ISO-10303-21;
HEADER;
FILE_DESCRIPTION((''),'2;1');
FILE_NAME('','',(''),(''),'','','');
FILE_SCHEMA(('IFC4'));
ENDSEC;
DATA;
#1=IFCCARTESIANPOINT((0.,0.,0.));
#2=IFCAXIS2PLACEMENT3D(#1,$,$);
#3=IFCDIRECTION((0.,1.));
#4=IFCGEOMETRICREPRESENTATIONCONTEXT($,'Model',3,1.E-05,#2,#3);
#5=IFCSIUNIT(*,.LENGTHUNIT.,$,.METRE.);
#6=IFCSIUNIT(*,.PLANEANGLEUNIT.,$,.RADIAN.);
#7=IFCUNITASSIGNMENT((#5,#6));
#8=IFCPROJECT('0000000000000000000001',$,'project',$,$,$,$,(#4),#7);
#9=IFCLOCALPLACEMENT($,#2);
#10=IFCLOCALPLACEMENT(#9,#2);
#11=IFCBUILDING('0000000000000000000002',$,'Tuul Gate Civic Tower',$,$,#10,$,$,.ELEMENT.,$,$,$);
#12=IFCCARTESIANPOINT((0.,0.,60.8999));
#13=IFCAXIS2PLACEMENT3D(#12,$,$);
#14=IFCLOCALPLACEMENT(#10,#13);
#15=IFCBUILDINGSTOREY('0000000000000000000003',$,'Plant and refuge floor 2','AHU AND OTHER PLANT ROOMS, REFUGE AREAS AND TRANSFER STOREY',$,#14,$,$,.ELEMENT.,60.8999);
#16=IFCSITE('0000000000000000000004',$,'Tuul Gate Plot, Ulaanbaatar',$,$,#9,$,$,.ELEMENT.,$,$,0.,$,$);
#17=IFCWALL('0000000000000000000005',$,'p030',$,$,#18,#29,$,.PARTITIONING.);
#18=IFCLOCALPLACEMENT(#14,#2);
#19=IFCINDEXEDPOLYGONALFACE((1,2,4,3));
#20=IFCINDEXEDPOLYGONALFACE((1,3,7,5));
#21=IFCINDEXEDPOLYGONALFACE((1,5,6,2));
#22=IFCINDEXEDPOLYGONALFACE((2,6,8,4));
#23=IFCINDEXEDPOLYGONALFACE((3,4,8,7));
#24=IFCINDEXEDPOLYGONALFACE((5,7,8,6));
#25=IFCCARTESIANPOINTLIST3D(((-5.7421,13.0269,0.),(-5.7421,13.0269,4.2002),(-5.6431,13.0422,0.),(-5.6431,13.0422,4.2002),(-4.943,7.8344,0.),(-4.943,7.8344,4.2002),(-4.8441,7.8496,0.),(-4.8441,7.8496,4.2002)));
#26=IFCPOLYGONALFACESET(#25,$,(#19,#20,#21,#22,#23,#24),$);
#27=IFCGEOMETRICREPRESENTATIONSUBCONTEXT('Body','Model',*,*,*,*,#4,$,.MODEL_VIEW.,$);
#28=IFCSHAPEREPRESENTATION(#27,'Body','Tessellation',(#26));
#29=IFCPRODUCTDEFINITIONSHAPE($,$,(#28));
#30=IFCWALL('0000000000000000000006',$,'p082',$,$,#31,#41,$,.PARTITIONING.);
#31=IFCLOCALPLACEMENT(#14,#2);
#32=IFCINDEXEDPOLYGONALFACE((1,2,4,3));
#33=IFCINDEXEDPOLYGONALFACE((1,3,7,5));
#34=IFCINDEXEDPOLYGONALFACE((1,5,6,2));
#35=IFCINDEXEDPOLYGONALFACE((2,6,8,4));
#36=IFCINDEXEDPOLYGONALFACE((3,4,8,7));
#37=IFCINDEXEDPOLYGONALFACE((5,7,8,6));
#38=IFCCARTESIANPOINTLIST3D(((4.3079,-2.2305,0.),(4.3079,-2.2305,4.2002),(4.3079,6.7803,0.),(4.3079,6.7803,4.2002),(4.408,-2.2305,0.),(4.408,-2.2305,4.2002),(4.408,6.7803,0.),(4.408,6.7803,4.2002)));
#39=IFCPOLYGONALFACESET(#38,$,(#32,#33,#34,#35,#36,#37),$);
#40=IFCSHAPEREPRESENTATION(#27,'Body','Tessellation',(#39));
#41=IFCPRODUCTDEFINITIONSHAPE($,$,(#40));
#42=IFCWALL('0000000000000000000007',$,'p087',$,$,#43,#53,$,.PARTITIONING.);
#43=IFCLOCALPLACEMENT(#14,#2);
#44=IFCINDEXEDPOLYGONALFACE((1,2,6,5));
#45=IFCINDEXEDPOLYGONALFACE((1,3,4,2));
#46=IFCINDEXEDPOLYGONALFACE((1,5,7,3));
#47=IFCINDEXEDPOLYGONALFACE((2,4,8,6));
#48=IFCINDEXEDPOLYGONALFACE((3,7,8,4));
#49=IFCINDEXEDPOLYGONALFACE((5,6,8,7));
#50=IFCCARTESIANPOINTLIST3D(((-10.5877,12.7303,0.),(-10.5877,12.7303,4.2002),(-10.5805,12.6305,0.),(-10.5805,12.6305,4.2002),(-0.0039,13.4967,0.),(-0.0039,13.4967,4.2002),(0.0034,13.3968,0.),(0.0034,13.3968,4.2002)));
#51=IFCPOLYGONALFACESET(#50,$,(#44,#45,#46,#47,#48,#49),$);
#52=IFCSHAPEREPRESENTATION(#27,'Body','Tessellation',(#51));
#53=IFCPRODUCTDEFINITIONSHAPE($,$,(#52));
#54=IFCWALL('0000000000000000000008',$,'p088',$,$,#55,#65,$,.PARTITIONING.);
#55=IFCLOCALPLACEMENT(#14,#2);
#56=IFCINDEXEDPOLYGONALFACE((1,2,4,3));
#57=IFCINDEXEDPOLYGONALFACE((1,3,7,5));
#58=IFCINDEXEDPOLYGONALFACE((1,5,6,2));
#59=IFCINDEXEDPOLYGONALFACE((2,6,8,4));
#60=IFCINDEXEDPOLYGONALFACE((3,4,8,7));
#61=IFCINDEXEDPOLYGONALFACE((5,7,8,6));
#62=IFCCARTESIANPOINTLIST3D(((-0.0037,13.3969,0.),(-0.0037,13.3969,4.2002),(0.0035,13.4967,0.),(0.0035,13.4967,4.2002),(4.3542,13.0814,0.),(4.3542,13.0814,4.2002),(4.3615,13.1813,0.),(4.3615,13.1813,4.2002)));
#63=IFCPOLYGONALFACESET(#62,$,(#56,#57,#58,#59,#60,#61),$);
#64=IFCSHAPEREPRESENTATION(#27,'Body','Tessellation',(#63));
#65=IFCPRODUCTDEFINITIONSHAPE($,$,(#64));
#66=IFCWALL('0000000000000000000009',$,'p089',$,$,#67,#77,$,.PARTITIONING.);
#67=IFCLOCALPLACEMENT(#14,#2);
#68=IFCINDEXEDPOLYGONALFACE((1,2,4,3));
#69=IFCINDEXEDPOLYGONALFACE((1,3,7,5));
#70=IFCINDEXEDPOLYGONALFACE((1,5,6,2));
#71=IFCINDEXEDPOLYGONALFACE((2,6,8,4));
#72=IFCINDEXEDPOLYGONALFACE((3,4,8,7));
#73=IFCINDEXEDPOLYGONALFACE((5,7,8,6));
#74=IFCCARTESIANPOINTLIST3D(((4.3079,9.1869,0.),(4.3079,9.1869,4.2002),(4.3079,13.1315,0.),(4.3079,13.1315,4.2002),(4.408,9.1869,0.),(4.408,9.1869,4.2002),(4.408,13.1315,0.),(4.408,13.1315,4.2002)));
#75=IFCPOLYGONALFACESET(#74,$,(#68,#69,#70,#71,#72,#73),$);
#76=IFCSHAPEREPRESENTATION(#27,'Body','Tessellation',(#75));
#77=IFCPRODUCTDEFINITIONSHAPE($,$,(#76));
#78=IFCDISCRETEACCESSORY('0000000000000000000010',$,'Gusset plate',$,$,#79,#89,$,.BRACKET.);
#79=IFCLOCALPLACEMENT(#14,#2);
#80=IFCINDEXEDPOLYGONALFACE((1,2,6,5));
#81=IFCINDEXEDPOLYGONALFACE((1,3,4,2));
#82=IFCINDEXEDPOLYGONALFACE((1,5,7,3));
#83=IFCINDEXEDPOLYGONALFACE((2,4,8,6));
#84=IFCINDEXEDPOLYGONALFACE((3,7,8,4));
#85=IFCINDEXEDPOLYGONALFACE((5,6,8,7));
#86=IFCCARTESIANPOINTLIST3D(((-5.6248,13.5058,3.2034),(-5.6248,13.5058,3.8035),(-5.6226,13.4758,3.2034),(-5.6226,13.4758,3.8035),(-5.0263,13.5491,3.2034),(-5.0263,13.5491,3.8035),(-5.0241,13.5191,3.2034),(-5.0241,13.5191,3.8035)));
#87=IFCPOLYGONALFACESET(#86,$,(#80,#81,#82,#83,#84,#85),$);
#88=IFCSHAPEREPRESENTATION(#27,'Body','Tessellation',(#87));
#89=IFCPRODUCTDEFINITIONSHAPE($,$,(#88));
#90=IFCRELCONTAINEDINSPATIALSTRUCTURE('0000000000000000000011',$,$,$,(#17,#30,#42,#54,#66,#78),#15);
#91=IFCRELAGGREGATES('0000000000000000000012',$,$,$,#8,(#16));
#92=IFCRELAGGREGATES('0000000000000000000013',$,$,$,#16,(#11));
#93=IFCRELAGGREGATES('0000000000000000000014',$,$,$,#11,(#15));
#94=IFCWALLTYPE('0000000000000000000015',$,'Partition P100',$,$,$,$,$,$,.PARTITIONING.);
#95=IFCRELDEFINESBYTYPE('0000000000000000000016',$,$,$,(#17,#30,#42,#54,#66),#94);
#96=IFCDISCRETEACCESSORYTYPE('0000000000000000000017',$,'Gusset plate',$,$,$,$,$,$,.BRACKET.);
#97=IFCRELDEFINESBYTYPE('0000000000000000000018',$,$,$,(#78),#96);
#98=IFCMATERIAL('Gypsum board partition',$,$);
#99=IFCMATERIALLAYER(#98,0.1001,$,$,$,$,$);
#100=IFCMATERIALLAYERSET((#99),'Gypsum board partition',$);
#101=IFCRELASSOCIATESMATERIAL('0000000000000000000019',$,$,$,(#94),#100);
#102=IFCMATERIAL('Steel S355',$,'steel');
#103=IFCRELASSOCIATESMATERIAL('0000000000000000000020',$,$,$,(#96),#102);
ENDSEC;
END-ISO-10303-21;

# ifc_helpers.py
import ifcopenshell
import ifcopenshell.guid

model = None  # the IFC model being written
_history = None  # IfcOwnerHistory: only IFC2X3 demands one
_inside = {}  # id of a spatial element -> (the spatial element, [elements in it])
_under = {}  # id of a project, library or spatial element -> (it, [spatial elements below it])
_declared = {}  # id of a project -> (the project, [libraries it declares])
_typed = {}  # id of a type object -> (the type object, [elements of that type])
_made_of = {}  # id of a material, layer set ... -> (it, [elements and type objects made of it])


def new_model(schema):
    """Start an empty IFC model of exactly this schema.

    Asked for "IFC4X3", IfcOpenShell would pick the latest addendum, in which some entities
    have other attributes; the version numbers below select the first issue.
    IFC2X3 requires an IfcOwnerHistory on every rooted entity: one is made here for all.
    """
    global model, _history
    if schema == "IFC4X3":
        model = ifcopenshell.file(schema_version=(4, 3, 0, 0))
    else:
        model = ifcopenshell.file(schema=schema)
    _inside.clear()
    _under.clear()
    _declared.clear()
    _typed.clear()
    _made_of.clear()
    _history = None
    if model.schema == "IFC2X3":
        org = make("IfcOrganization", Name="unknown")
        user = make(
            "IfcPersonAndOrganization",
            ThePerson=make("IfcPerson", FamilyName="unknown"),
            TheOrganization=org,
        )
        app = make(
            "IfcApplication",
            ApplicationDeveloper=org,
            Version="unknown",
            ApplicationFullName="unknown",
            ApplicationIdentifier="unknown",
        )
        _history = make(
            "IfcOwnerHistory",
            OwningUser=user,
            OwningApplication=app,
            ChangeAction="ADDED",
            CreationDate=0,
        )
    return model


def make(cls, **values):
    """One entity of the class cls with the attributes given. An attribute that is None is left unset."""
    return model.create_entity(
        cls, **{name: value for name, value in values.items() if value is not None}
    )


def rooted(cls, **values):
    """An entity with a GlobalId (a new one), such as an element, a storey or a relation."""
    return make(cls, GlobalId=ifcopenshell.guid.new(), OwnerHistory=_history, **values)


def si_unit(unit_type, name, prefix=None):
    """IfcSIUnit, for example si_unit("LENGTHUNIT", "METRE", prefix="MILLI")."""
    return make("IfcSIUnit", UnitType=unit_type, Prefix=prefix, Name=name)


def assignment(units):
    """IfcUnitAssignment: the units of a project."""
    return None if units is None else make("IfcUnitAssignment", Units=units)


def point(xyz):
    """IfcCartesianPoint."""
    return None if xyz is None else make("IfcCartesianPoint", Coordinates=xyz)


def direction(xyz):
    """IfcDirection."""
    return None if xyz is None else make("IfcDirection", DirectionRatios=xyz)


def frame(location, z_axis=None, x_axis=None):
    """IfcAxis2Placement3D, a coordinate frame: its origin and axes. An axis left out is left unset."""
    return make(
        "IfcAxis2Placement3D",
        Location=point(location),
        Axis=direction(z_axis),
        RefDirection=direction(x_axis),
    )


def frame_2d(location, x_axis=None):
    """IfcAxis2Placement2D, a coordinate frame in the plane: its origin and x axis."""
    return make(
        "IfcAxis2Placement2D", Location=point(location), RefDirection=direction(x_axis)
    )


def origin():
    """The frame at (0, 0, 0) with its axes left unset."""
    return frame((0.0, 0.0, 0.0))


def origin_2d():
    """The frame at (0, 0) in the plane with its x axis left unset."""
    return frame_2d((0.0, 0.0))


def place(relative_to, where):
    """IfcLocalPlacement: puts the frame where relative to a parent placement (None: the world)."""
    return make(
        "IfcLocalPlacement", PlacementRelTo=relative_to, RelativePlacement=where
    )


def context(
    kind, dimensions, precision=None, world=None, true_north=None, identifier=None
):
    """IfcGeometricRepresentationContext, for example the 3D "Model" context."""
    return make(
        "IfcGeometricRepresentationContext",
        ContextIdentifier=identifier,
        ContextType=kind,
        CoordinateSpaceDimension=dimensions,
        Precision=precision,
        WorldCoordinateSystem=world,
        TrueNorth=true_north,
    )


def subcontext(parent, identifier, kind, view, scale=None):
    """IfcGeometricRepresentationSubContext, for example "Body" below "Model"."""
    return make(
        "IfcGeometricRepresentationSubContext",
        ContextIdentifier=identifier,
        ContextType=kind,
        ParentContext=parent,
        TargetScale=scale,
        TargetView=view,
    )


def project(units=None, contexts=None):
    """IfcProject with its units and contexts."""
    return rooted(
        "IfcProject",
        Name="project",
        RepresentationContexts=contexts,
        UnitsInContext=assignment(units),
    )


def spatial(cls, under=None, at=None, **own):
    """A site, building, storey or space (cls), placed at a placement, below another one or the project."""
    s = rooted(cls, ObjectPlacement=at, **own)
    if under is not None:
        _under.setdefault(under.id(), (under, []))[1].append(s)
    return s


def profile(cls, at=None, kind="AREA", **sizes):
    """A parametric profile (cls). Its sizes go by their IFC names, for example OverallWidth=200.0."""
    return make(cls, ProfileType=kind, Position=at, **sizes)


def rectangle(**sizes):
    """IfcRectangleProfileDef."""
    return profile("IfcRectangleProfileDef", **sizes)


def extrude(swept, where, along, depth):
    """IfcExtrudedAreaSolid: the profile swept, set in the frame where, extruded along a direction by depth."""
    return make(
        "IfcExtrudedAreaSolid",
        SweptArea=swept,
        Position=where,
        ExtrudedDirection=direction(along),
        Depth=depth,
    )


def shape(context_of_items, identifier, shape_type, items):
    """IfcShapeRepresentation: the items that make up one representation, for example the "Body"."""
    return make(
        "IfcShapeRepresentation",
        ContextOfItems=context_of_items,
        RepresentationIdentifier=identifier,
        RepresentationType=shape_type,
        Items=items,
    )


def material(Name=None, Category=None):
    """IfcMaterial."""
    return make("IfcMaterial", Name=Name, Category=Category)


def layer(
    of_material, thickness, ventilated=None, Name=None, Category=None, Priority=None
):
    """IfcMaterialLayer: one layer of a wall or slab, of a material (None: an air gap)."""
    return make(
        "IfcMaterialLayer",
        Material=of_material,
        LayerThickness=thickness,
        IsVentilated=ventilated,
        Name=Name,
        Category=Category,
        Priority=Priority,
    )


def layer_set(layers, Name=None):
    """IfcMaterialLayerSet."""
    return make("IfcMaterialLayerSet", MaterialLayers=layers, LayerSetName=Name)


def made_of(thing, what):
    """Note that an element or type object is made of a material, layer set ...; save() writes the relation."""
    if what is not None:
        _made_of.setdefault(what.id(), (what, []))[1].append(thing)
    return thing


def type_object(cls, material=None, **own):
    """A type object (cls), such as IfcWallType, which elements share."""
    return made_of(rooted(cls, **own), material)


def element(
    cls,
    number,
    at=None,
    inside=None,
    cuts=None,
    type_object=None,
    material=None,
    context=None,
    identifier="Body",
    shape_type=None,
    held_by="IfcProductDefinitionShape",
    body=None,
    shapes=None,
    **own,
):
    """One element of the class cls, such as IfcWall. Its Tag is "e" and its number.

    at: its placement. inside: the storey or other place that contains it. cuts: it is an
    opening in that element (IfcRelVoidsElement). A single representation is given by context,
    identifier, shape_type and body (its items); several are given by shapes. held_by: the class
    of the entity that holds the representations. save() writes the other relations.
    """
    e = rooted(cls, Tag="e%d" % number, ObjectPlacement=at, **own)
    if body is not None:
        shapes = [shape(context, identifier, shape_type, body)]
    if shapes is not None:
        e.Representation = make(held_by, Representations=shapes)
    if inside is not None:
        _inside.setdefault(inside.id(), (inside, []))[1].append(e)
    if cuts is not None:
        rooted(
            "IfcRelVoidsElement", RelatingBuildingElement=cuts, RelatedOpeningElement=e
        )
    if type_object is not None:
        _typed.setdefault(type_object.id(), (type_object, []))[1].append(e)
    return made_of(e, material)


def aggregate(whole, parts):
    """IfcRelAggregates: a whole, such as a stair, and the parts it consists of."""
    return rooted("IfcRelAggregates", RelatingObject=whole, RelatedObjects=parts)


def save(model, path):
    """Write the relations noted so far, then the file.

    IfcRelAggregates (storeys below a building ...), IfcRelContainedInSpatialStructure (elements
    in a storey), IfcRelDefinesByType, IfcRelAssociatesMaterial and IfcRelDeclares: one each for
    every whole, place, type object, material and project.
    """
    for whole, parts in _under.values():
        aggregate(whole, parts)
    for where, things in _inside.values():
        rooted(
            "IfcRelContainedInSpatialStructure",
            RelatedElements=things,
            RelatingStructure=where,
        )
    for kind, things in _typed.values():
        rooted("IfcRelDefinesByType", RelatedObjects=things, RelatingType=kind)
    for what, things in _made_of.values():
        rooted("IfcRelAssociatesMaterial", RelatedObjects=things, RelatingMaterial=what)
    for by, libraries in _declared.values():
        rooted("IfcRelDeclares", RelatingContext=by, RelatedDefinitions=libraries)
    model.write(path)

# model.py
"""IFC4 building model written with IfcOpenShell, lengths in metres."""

from ifc_helpers import new_model, si_unit, direction, frame, frame_2d, origin, origin_2d, place, context, subcontext, project, spatial, rectangle, extrude, material, layer, layer_set, type_object, element, save


model = new_model("IFC4")

# Units and contexts
model_context = context("Model", 3, precision=1e-05, world=origin(), true_north=direction((0.0, 1.0)))
body_context = subcontext(model_context, "Body", "Model", "MODEL_VIEW")
ifc_project = project(units=[si_unit("LENGTHUNIT", "METRE"), si_unit("PLANEANGLEUNIT", "RADIAN")], contexts=[model_context])

# Site, building, storey
site_placement = place(None, origin())
site = spatial("IfcSite", under=ifc_project, at=site_placement, Name="Tuul Gate Plot, Ulaanbaatar", CompositionType="ELEMENT", RefElevation=0.0)
building_placement = place(site_placement, origin())
building = spatial("IfcBuilding", under=site, at=building_placement, Name="Tuul Gate Civic Tower", CompositionType="ELEMENT")
storey_placement = place(building_placement, frame((0.0, 0.0, 60.8999)))
storey = spatial("IfcBuildingStorey", under=building, at=storey_placement, Name="Plant and refuge floor 2", Description="AHU AND OTHER PLANT ROOMS, REFUGE AREAS AND TRANSFER STOREY", CompositionType="ELEMENT", Elevation=60.8999)

# Walls
ifc_material_1 = material(Name="Gypsum board partition")
ifc_layer_1 = layer(ifc_material_1, 0.1001)
ifc_layer_set_1 = layer_set([ifc_layer_1], Name="Gypsum board partition")
wall_type_1 = type_object("IfcWallType", Name="Partition P100", PredefinedType="PARTITIONING", material=ifc_layer_set_1)
wall_1_placement = place(storey_placement, frame((-5.6926, 13.0347, 0.0), z_axis=(0.0, 0.0, 1.0), x_axis=(0.152096, -0.988366, 0.0)))
element("IfcWall", 1, at=wall_1_placement, inside=storey, type_object=wall_type_1, Name="p030", PredefinedType="PARTITIONING", context=body_context, shape_type="SweptSolid", body=[
    extrude(rectangle(XDim=5.2537, YDim=0.1001, at=frame_2d((2.627, 0.0))), origin(), (0.0, 0.0, 1.0), 4.2002),
])
wall_2_placement = place(storey_placement, frame((4.3579, 6.7803, 0.0), z_axis=(0.0, 0.0, 1.0), x_axis=(0.0, -1.0, 0.0)))
element("IfcWall", 2, at=wall_2_placement, inside=storey, type_object=wall_type_1, Name="p082", PredefinedType="PARTITIONING", context=body_context, shape_type="SweptSolid", body=[
    extrude(rectangle(XDim=9.0107, YDim=0.1001, at=frame_2d((4.5054, 0.0))), origin(), (0.0, 0.0, 1.0), 4.2002),
])
wall_3_placement = place(storey_placement, frame((-10.584, 12.6804, 0.0), z_axis=(0.0, 0.0, 1.0), x_axis=(0.997389, 0.072218, 0.0)))
element("IfcWall", 3, at=wall_3_placement, inside=storey, type_object=wall_type_1, Name="p087", PredefinedType="PARTITIONING", context=body_context, shape_type="SweptSolid", body=[
    extrude(rectangle(XDim=10.6116, YDim=0.1001, at=frame_2d((5.3057, 0.0))), origin(), (0.0, 0.0, 1.0), 4.2002),
])
wall_4_placement = place(storey_placement, frame((0.0, 13.4468, 0.0), z_axis=(0.0, 0.0, 1.0), x_axis=(0.997391, -0.072192, 0.0)))
element("IfcWall", 4, at=wall_4_placement, inside=storey, type_object=wall_type_1, Name="p088", PredefinedType="PARTITIONING", context=body_context, shape_type="SweptSolid", body=[
    extrude(rectangle(XDim=4.3694, YDim=0.1001, at=frame_2d((2.1846, 0.0))), origin(), (0.0, 0.0, 1.0), 4.2002),
])
wall_5_placement = place(storey_placement, frame((4.3579, 13.1313, 0.0), z_axis=(0.0, 0.0, 1.0), x_axis=(0.0, -1.0, 0.0)))
element("IfcWall", 5, at=wall_5_placement, inside=storey, type_object=wall_type_1, Name="p089", PredefinedType="PARTITIONING", context=body_context, shape_type="SweptSolid", body=[
    extrude(rectangle(XDim=3.9446, YDim=0.1001, at=frame_2d((1.9722, 0.0))), origin(), (0.0, 0.0, 1.0), 4.2002),
])

# Discrete accessory
ifc_material_2 = material(Name="Steel S355", Category="steel")
discrete_accessory_type = type_object("IfcDiscreteAccessoryType", Name="Gusset plate", PredefinedType="BRACKET", material=ifc_material_2)
discrete_accessory_placement = place(storey_placement, frame((-5.3245, 13.5125, 3.2034), z_axis=(0.0, 0.0, 1.0), x_axis=(0.997389, 0.072212, 0.0)))
element("IfcDiscreteAccessory", 6, at=discrete_accessory_placement, inside=storey, type_object=discrete_accessory_type, Name="Gusset plate", PredefinedType="BRACKET", context=body_context, shape_type="SweptSolid", body=[
    extrude(rectangle(XDim=0.6001, YDim=0.03, at=origin_2d()), origin(), (0.0, 0.0, 1.0), 0.6001),
])

save(model, "model.ifc")
